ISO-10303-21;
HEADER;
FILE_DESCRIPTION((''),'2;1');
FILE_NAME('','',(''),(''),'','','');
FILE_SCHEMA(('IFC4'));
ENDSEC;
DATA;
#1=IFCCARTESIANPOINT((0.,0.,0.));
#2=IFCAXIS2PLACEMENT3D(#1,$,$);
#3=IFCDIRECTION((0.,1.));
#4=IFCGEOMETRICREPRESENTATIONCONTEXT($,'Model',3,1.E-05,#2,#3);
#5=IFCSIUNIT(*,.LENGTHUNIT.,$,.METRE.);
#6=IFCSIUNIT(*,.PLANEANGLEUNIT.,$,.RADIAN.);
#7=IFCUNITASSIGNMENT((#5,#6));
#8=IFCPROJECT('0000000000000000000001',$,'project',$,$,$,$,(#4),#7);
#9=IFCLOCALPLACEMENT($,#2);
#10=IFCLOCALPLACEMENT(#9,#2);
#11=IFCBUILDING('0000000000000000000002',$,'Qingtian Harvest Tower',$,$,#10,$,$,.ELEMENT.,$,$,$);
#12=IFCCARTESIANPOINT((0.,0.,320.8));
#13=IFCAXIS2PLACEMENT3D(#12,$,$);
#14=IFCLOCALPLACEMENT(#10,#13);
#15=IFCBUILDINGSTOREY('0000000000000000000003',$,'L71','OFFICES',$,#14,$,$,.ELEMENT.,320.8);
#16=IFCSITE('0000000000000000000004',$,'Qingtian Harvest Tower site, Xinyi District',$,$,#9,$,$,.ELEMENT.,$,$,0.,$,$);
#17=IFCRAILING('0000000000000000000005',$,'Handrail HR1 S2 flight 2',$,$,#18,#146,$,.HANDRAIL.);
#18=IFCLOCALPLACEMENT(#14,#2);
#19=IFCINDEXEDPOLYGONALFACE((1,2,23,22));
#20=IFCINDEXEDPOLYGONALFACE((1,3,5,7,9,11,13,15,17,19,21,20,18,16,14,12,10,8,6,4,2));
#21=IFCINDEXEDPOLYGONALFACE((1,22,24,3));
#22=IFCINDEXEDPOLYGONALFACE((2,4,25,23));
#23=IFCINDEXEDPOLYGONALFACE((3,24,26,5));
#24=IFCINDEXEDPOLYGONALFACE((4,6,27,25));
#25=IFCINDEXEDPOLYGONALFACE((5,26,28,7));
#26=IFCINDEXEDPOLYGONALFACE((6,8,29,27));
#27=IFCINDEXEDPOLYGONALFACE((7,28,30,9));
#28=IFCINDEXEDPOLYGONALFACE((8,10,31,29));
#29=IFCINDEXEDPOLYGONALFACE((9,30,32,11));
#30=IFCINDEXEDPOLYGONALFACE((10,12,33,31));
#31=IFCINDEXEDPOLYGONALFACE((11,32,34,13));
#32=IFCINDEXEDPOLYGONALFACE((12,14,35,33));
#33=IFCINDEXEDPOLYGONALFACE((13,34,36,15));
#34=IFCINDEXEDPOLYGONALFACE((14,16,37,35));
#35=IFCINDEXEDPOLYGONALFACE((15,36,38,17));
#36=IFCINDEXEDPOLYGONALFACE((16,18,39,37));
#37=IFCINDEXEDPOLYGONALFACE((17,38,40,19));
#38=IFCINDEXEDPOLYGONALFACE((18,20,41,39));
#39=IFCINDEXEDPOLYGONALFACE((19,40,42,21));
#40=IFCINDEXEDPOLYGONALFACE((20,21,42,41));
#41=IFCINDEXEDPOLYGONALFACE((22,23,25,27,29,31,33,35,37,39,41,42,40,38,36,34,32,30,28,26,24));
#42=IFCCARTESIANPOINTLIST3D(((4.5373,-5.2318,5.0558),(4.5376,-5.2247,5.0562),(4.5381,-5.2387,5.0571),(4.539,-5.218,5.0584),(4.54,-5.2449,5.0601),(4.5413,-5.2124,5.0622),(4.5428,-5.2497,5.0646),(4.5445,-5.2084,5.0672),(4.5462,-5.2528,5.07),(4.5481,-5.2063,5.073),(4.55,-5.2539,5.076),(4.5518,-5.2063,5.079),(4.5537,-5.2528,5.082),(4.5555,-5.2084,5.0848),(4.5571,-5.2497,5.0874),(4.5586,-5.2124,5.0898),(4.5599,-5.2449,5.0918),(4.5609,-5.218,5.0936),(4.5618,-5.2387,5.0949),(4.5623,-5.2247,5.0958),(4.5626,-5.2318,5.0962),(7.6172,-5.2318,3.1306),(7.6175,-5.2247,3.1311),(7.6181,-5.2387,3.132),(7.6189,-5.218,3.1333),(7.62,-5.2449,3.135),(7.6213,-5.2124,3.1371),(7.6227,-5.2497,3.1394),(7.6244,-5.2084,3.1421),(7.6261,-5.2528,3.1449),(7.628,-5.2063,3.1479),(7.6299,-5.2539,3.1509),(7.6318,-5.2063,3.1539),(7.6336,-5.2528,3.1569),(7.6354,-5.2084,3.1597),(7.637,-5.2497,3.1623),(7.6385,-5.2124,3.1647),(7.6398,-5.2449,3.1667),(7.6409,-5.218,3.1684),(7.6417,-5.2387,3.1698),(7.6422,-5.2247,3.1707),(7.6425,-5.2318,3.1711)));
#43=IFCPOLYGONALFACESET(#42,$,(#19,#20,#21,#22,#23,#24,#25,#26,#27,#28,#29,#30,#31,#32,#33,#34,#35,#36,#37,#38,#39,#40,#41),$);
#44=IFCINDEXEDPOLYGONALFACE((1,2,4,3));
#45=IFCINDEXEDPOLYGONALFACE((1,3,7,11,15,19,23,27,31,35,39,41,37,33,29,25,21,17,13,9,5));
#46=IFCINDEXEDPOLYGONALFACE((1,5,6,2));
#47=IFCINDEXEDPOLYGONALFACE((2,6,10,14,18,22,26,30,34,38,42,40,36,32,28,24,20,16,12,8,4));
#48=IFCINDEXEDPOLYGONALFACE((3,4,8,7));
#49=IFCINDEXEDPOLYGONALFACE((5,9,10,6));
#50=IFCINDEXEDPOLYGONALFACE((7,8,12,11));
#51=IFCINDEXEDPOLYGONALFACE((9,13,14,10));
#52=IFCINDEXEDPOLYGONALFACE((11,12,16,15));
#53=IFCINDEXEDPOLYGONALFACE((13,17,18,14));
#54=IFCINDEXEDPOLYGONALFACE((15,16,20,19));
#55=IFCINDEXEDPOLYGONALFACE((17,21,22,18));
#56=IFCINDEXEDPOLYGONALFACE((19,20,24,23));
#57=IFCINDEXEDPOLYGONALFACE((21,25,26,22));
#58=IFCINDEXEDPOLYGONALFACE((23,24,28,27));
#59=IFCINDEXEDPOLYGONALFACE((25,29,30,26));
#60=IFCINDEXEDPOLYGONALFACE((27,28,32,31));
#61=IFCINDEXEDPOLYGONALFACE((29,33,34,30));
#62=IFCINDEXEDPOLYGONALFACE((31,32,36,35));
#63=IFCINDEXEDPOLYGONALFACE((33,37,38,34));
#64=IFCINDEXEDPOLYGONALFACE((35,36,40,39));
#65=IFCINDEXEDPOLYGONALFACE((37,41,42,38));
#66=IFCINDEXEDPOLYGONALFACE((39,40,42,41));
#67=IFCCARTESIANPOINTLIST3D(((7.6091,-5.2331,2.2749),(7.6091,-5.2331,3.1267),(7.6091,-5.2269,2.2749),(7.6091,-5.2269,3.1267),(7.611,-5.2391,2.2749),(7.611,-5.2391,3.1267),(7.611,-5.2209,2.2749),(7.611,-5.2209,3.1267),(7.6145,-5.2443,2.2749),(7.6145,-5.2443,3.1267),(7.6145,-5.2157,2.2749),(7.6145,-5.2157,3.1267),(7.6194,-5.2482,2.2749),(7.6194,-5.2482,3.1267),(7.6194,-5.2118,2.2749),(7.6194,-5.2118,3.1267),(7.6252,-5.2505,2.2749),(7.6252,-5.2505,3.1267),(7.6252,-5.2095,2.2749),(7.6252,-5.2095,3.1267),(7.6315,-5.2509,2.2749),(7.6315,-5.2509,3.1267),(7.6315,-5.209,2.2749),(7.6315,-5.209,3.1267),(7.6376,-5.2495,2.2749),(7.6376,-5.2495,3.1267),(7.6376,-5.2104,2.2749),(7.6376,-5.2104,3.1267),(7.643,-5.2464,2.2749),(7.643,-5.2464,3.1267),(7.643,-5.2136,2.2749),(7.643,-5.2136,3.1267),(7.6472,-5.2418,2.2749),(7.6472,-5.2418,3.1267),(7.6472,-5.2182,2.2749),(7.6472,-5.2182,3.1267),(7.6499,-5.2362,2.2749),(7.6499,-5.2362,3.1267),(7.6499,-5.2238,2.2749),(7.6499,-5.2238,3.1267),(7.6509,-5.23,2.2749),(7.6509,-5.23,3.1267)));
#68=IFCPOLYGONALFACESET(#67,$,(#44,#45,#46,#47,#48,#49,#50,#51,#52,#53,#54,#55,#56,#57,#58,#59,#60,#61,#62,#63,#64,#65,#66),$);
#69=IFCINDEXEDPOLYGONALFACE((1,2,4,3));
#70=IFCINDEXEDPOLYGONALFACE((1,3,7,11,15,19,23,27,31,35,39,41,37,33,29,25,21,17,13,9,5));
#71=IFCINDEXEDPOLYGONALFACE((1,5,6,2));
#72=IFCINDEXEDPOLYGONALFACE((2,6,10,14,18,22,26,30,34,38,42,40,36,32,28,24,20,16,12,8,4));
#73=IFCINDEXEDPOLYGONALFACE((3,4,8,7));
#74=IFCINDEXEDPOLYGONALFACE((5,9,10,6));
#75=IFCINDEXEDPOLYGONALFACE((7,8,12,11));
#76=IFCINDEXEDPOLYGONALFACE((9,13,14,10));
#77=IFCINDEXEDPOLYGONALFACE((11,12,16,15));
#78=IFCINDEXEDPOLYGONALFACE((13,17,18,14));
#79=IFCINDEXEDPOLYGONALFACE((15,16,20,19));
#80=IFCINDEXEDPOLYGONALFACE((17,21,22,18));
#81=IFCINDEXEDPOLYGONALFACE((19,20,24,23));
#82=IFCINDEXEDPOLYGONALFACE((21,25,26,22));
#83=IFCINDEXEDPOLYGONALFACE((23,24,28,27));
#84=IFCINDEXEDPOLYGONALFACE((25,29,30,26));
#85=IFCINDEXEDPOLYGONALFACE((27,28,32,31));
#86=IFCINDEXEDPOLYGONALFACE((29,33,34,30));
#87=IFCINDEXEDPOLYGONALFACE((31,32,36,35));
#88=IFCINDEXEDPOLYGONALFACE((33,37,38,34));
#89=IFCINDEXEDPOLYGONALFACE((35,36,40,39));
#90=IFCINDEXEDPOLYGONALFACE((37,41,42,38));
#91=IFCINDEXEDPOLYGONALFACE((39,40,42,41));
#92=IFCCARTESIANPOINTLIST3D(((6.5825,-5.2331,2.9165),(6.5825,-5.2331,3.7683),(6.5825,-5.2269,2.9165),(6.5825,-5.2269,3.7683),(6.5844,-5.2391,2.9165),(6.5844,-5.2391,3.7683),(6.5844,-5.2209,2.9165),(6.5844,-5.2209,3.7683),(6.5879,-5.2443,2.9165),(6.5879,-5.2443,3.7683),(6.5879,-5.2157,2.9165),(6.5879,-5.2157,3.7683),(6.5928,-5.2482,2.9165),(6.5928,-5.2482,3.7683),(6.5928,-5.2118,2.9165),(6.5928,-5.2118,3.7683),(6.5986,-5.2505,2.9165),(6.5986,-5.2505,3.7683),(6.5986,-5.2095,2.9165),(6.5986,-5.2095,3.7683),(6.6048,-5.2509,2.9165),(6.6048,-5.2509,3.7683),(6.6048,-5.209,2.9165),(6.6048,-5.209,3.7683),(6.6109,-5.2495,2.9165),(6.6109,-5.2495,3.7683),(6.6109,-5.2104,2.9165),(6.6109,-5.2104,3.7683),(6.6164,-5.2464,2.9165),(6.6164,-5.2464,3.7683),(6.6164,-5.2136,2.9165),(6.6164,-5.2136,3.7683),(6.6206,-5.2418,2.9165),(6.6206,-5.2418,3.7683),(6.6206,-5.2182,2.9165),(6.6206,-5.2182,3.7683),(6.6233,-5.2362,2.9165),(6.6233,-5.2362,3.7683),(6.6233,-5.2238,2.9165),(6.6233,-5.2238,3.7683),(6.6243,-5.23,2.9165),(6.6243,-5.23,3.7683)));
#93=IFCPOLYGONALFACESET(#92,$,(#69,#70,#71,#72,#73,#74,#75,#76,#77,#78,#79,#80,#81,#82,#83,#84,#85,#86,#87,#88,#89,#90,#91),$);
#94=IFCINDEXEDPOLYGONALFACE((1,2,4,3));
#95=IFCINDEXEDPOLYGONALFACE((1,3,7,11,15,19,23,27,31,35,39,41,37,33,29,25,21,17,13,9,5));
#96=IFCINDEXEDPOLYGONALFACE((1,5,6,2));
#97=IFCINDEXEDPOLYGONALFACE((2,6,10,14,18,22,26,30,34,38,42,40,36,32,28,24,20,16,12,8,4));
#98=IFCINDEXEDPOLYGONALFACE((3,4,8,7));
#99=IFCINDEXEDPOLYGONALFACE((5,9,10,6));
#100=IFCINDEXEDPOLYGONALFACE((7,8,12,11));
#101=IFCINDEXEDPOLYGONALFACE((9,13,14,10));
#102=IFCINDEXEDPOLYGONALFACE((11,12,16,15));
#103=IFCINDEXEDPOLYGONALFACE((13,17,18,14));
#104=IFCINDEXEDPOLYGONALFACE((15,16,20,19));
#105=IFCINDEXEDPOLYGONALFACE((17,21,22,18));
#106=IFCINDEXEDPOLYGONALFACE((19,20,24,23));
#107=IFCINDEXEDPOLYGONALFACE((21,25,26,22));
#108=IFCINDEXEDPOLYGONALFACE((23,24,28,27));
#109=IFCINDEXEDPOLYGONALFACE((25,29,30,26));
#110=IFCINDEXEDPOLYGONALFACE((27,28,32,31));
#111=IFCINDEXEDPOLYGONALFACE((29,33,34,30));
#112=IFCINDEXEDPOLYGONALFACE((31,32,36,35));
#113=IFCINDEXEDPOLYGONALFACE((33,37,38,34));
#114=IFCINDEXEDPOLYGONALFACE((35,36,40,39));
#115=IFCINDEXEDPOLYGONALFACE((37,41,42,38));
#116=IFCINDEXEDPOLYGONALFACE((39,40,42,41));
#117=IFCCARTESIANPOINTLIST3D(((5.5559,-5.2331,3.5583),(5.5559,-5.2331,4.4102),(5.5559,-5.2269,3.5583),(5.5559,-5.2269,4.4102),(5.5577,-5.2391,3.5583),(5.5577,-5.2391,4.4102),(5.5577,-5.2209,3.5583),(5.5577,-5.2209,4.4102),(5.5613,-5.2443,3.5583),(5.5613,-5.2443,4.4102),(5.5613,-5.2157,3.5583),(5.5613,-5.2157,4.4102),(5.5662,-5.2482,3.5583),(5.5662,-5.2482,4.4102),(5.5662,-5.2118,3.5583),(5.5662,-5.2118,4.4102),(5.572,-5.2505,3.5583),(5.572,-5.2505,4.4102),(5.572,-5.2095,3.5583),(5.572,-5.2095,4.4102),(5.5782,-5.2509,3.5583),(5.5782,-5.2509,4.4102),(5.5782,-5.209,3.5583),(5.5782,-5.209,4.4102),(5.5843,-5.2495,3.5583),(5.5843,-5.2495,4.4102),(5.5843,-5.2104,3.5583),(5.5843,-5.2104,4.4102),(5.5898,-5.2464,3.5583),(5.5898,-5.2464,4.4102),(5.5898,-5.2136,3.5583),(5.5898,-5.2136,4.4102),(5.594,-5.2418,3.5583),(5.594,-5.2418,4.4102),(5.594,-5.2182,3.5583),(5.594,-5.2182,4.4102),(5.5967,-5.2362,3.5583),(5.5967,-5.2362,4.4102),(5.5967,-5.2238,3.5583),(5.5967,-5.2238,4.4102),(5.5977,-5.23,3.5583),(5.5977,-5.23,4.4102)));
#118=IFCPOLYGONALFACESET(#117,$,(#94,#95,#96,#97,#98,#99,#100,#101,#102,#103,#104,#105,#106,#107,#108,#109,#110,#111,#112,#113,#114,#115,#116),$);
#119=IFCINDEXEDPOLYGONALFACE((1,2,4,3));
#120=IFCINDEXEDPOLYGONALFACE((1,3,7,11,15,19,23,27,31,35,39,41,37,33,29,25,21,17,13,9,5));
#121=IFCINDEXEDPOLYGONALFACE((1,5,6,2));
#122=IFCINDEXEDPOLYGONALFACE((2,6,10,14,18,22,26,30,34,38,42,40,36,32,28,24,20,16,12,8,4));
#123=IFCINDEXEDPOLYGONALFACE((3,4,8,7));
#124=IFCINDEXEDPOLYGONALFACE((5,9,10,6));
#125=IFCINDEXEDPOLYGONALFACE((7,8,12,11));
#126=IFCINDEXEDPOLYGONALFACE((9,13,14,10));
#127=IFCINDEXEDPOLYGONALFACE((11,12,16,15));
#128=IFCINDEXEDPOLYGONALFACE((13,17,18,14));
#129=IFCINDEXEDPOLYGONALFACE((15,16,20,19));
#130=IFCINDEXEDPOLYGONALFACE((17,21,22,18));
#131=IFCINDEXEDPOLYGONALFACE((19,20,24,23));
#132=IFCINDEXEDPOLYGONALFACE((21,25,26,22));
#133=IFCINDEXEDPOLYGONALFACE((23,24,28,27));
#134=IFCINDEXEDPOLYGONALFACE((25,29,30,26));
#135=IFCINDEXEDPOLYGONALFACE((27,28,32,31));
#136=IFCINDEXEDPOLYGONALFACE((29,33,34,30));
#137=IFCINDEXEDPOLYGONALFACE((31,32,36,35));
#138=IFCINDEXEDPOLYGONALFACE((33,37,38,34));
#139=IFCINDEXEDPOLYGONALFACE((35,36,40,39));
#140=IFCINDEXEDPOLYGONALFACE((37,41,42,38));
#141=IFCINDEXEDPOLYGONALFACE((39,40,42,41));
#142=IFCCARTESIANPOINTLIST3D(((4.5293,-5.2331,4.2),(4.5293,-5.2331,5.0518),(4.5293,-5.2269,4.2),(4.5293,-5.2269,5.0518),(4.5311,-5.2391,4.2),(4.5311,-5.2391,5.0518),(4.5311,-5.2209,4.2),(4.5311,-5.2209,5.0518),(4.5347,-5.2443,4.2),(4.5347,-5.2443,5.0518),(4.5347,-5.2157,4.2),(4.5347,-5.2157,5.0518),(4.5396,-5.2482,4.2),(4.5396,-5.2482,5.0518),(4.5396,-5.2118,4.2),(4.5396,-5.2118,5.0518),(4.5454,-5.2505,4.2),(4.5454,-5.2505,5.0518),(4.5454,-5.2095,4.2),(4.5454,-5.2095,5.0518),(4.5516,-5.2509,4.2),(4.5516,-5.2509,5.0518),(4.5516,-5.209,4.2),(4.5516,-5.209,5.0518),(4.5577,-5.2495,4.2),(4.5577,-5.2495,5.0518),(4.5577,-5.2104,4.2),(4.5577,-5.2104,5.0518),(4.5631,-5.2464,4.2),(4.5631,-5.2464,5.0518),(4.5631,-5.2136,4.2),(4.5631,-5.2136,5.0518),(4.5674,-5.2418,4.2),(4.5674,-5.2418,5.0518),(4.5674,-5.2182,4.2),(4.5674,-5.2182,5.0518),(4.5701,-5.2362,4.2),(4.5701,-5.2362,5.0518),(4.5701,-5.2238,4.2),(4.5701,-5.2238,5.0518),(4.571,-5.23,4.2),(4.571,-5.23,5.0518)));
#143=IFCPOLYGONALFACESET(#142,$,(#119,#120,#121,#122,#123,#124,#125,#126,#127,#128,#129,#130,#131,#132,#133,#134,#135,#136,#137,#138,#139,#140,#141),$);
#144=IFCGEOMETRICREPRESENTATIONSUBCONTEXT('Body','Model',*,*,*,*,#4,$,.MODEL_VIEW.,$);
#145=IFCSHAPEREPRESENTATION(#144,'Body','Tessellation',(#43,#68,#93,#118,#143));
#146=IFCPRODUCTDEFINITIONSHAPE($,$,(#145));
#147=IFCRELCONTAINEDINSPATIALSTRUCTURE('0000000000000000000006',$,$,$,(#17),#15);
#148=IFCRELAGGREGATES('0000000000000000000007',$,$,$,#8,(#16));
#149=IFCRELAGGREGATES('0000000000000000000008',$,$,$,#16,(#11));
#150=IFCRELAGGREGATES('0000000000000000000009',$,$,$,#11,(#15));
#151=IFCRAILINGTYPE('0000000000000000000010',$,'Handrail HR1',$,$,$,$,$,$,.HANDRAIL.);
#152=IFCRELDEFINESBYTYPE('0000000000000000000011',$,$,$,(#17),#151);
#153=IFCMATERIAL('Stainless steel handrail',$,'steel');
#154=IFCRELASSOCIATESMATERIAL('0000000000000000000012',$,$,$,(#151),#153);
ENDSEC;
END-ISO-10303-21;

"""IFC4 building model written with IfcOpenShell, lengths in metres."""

from ifc_helpers import new_model, si_unit, direction, frame, origin, origin_2d, place, context, subcontext, project, spatial, circle, extrude, material, type_object, element, save


model = new_model("IFC4")

# Units and contexts
model_context = context("Model", 3, precision=1e-05, world=origin(), true_north=direction((0.0, 1.0)))
body_context = subcontext(model_context, "Body", "Model", "MODEL_VIEW")
ifc_project = project(units=[si_unit("LENGTHUNIT", "METRE"), si_unit("PLANEANGLEUNIT", "RADIAN")], contexts=[model_context])

# Site, building, storey
site_placement = place(None, origin())
site = spatial("IfcSite", under=ifc_project, at=site_placement, Name="Qingtian Harvest Tower site, Xinyi District", CompositionType="ELEMENT", RefElevation=0.0)
building_placement = place(site_placement, origin())
building = spatial("IfcBuilding", under=site, at=building_placement, Name="Qingtian Harvest Tower", CompositionType="ELEMENT")
storey_placement = place(building_placement, frame((0.0, 0.0, 320.8)))
storey = spatial("IfcBuildingStorey", under=building, at=storey_placement, Name="L71", Description="OFFICES", CompositionType="ELEMENT", Elevation=320.8)

# Railing
ifc_material_1 = material(Name="Stainless steel handrail", Category="steel")
railing_type = type_object("IfcRailingType", Name="Handrail HR1", PredefinedType="HANDRAIL", material=ifc_material_1)
railing_1_placement = place(storey_placement, frame((7.6299, -5.23, 2.2749)))
element("IfcRailing", 1, at=railing_1_placement, inside=storey, type_object=railing_type, Name="Handrail HR1 S2 flight 2", PredefinedType="HANDRAIL", context=body_context, shape_type="SweptSolid", body=[
    extrude(circle(Radius=0.0239, at=origin_2d()), frame((0.0, 0.0, 0.876), z_axis=(-0.847979, 0.0, 0.530029), x_axis=(0.0, -1.0, 0.0)), (0.0, 0.0, 1.0), 3.6321),
    extrude(circle(Radius=0.021, at=origin_2d()), origin(), (0.0, 0.0, 1.0), 0.8518),
    extrude(circle(Radius=0.021, at=origin_2d()), frame((-1.0266, 0.0, 0.6416)), (0.0, 0.0, 1.0), 0.8518),
    extrude(circle(Radius=0.021, at=origin_2d()), frame((-2.0532, 0.0, 1.2834)), (0.0, 0.0, 1.0), 0.8518),
    extrude(circle(Radius=0.021, at=origin_2d()), frame((-3.0798, 0.0, 1.925)), (0.0, 0.0, 1.0), 0.8518),
])

save(model, "model.ifc")
